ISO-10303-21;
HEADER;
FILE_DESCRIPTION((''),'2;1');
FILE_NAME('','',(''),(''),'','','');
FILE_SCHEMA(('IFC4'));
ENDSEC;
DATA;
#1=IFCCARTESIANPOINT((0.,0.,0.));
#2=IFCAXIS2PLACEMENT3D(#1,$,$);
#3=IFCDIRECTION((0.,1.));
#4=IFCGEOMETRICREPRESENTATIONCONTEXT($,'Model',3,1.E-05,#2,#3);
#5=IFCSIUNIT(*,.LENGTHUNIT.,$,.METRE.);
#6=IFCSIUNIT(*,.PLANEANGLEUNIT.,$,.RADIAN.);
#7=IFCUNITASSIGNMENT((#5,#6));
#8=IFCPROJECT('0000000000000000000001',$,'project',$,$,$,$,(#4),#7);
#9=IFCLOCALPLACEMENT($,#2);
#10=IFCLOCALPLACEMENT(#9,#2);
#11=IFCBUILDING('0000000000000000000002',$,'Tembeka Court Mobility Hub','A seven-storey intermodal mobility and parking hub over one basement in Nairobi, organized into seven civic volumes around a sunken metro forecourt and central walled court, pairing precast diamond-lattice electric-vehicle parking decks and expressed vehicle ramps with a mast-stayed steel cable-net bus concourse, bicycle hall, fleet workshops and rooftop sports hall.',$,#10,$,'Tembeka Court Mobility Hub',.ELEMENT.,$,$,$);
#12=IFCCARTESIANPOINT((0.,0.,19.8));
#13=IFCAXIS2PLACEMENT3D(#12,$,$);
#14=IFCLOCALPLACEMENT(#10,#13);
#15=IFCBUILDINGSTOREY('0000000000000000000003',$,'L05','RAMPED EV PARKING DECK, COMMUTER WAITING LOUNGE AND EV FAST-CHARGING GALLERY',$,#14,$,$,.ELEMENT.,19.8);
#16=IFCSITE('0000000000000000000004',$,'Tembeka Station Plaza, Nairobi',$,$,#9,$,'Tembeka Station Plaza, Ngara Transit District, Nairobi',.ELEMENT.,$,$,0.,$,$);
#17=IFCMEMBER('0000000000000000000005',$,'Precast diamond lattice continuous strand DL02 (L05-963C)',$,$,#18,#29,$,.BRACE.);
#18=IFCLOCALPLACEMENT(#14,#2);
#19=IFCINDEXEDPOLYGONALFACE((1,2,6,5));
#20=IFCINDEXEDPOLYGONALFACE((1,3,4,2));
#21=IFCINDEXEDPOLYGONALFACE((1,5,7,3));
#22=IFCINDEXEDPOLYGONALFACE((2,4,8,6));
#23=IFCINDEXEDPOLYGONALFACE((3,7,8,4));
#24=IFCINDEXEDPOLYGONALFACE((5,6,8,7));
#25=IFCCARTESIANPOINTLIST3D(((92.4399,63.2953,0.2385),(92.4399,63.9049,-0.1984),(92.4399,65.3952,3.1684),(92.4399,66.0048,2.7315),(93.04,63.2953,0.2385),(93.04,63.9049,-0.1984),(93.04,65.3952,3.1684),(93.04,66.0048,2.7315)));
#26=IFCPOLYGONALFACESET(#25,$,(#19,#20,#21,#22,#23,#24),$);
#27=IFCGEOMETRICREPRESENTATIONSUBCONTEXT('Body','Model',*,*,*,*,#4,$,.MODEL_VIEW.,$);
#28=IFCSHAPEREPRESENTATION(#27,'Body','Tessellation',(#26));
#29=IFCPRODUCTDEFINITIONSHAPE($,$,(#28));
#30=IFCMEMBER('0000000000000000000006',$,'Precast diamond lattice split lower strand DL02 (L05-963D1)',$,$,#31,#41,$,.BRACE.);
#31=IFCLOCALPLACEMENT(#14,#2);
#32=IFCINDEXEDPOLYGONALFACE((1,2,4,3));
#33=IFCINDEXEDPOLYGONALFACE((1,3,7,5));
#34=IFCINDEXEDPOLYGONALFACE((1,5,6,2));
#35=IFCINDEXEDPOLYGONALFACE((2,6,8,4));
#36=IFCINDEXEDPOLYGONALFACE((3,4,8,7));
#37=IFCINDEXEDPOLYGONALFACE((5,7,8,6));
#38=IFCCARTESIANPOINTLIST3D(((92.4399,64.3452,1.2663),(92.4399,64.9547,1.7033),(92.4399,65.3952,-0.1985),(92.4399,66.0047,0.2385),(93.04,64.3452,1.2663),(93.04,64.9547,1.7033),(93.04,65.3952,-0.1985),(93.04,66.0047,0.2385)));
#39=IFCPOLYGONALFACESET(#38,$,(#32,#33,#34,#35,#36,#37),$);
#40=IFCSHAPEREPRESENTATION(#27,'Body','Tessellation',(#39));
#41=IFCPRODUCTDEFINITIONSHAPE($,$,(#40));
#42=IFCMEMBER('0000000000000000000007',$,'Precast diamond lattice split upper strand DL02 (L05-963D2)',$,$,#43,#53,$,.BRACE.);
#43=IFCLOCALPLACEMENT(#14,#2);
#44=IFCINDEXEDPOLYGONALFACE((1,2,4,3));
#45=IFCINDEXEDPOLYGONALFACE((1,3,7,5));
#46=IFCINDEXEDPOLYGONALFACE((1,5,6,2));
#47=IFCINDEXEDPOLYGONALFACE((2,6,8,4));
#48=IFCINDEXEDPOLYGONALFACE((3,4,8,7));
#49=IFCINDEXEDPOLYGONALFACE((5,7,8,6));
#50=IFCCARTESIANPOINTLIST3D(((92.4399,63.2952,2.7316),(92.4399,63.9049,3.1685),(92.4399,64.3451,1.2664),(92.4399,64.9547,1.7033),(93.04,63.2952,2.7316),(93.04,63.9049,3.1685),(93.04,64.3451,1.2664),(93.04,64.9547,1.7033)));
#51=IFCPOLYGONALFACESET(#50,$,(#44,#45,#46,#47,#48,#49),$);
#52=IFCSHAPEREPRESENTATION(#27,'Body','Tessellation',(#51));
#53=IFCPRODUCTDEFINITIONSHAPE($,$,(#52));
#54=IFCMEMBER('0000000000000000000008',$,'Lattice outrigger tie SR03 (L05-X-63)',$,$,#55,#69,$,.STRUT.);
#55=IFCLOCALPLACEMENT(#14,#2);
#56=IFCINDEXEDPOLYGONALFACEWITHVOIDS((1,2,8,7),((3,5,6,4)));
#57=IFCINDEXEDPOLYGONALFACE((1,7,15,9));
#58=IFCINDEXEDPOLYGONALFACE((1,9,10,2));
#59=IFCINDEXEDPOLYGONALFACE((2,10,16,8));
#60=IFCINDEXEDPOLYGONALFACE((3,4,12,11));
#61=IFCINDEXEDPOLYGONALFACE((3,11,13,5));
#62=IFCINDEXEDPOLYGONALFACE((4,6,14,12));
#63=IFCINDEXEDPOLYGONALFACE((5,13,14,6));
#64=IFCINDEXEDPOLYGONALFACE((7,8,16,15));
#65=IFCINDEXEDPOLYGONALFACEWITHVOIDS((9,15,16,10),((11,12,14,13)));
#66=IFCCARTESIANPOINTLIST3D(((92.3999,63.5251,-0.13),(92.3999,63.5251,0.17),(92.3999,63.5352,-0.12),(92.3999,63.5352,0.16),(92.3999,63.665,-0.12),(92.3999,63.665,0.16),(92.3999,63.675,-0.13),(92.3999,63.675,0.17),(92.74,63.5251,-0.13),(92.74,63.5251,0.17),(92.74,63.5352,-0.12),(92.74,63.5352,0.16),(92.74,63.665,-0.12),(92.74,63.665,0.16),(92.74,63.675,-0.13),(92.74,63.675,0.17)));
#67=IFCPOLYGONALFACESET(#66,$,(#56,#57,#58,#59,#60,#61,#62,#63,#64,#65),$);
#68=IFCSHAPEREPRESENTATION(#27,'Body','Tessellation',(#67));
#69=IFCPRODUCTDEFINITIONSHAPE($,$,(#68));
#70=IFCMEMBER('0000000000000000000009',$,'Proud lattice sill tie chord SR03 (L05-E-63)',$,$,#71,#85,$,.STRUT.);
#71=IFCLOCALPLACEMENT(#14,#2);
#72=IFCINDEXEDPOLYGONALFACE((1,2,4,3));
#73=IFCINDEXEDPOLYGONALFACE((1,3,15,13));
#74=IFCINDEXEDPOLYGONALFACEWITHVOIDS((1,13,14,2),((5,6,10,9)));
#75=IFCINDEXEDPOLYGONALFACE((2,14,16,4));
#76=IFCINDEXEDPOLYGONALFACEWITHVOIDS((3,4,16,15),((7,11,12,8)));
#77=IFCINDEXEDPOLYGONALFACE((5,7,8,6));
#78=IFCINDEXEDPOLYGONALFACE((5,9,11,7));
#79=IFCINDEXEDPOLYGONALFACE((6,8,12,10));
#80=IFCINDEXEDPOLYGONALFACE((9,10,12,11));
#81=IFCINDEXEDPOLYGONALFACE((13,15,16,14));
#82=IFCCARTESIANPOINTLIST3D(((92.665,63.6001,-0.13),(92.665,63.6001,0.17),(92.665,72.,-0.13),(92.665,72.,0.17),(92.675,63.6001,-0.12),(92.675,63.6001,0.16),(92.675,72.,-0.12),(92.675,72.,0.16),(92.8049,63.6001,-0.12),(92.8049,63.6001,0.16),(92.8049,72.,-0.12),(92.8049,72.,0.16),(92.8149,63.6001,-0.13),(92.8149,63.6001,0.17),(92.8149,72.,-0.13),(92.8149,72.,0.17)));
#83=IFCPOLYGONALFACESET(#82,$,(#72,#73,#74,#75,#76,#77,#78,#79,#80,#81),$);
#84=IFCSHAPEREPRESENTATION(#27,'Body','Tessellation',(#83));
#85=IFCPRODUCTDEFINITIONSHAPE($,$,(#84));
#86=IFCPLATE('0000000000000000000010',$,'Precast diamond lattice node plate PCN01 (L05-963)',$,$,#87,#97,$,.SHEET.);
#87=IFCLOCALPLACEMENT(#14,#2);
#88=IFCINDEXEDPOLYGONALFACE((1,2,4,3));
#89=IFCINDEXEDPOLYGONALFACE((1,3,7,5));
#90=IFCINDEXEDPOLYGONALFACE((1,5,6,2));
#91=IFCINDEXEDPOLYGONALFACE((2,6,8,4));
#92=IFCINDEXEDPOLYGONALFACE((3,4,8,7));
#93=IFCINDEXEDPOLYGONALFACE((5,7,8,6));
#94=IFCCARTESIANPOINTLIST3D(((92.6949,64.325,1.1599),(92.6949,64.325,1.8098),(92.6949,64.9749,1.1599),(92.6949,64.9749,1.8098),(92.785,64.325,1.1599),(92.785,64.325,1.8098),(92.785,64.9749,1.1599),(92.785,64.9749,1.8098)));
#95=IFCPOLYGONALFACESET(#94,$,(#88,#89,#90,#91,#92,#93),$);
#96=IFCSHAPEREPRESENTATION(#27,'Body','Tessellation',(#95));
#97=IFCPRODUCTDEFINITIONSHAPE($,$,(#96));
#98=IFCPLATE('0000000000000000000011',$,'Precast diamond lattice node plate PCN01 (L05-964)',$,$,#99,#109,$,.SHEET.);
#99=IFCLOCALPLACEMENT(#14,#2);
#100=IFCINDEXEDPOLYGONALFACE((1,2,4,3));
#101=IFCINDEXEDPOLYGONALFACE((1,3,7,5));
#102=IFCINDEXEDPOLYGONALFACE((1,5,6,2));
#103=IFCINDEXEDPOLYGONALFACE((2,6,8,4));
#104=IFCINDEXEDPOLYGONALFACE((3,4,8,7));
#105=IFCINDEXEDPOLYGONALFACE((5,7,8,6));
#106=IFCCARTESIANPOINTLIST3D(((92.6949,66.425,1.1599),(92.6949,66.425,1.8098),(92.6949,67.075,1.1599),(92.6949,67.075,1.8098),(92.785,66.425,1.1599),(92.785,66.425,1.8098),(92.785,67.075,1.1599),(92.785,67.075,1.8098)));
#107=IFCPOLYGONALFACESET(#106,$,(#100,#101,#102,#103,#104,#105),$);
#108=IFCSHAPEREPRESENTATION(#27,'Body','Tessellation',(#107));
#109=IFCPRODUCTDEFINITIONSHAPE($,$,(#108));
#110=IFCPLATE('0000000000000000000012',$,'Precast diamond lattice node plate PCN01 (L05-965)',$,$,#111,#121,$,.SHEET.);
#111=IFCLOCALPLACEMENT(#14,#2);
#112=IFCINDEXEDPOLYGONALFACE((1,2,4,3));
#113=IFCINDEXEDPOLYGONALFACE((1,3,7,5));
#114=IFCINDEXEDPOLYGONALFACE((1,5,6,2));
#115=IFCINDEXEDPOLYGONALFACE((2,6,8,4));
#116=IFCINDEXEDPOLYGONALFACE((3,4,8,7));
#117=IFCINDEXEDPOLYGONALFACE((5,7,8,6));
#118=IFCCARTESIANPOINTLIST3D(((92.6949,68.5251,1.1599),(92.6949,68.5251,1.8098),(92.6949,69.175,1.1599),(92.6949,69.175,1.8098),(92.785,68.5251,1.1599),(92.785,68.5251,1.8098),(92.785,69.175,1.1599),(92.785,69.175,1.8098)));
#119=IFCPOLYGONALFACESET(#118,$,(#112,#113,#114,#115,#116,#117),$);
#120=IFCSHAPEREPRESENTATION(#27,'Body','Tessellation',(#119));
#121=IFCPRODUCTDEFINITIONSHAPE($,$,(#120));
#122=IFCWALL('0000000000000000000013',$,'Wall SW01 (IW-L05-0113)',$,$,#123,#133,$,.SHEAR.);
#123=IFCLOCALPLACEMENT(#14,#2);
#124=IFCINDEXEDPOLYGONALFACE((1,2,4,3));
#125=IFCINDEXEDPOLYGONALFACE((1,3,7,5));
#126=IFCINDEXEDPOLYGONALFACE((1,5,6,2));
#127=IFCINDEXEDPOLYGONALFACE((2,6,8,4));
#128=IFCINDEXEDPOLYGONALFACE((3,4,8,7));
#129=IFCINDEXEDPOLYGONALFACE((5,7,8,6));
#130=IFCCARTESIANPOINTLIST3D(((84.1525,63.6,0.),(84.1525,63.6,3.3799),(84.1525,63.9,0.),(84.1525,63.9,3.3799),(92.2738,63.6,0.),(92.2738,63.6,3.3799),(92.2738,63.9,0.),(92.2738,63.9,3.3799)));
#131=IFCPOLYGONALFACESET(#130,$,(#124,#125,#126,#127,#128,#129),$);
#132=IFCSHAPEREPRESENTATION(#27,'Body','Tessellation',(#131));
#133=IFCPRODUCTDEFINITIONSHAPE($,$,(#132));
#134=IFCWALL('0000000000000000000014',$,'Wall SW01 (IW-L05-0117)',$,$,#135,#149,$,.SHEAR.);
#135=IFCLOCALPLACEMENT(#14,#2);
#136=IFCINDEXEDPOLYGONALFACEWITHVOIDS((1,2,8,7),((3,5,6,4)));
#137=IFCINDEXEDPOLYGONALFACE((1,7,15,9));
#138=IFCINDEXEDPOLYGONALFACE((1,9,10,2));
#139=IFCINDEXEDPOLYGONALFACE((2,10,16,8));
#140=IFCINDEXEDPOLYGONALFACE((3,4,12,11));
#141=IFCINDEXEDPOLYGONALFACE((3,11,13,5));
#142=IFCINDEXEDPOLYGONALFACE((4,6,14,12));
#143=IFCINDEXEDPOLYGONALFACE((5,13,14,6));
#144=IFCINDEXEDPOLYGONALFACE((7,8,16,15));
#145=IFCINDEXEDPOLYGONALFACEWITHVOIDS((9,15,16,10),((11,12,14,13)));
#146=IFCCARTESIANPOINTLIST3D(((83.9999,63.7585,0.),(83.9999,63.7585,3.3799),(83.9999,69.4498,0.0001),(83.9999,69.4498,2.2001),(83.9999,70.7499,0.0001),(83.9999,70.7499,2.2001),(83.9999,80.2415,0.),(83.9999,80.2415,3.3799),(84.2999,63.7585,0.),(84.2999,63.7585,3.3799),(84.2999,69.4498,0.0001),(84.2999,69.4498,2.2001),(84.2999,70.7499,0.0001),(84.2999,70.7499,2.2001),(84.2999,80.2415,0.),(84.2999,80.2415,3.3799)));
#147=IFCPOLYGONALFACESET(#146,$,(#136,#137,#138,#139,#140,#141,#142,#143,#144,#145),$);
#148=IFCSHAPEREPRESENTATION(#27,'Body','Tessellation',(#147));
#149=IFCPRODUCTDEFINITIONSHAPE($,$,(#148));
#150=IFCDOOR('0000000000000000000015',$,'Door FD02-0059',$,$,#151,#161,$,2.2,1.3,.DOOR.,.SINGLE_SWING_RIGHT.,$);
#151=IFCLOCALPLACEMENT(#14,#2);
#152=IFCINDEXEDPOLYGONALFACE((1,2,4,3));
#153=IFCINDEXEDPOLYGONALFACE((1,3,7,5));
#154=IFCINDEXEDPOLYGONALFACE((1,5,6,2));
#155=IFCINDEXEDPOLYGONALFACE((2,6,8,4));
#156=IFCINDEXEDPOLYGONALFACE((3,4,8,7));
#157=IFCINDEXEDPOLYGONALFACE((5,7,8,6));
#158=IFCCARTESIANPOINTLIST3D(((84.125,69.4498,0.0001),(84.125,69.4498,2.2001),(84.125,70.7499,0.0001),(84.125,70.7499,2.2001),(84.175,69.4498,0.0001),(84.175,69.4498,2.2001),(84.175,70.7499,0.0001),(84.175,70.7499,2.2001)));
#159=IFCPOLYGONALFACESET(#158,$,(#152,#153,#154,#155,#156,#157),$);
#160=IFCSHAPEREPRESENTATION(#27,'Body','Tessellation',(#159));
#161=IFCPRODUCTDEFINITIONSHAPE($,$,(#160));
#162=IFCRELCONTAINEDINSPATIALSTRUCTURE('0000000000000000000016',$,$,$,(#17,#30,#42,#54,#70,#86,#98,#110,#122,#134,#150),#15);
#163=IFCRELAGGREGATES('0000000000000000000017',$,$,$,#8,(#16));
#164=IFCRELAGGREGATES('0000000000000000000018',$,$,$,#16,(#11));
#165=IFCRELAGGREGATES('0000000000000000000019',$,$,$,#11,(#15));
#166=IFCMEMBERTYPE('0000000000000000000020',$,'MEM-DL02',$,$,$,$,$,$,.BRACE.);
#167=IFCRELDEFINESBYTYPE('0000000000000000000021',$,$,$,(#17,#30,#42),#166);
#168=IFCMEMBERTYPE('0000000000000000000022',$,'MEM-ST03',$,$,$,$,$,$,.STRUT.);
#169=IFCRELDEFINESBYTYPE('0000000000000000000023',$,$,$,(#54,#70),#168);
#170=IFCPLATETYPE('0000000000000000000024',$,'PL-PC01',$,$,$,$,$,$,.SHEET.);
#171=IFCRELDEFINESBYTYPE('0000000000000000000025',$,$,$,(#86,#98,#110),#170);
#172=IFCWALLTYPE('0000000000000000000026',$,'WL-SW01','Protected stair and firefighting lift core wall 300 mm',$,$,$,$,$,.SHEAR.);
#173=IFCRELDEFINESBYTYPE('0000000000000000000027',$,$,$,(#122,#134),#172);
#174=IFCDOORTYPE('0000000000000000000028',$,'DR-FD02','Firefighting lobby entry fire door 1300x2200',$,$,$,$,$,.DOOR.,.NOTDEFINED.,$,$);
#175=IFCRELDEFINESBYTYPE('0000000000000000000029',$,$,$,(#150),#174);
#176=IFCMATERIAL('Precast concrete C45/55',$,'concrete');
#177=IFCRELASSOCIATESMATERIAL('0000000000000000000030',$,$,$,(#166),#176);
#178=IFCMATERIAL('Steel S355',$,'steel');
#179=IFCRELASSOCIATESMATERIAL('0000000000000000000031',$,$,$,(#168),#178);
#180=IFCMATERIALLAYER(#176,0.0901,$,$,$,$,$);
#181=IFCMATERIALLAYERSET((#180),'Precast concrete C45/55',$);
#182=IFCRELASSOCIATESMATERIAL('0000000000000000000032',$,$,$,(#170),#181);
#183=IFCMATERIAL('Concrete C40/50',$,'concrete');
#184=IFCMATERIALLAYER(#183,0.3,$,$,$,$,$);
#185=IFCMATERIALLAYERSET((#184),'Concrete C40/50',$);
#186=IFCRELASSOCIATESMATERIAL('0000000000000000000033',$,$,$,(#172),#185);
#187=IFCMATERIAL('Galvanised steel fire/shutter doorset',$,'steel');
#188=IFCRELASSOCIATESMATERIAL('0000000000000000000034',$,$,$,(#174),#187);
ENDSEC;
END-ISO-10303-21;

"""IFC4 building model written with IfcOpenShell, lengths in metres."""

from ifc_helpers import new_model, si_unit, direction, frame, frame_2d, origin, origin_2d, place, context, subcontext, project, spatial, rectangle, hollow_rectangle, extrude, material, layer, layer_set, material_profile, profile_set, type_object, element, fill, save


model = new_model("IFC4")

# Units and contexts
model_context = context("Model", 3, precision=1e-05, world=origin(), true_north=direction((0.0, 1.0)))
body_context = subcontext(model_context, "Body", "Model", "MODEL_VIEW")
ifc_project = project(units=[si_unit("LENGTHUNIT", "METRE"), si_unit("PLANEANGLEUNIT", "RADIAN")], contexts=[model_context])

# Site, building, storey
site_placement = place(None, origin())
site = spatial("IfcSite", under=ifc_project, at=site_placement, Name="Tembeka Station Plaza, Nairobi", LongName="Tembeka Station Plaza, Ngara Transit District, Nairobi", CompositionType="ELEMENT", RefElevation=0.0)
building_placement = place(site_placement, origin())
building = spatial("IfcBuilding", under=site, at=building_placement, Name="Tembeka Court Mobility Hub", Description="A seven-storey intermodal mobility and parking hub over one basement in Nairobi, organized into seven civic volumes around a sunken metro forecourt and central walled court, pairing precast diamond-lattice electric-vehicle parking decks and expressed vehicle ramps with a mast-stayed steel cable-net bus concourse, bicycle hall, fleet workshops and rooftop sports hall.", LongName="Tembeka Court Mobility Hub", CompositionType="ELEMENT")
storey_placement = place(building_placement, frame((0.0, 0.0, 19.8)))
storey = spatial("IfcBuildingStorey", under=building, at=storey_placement, Name="L05", Description="RAMPED EV PARKING DECK, COMMUTER WAITING LOUNGE AND EV FAST-CHARGING GALLERY", CompositionType="ELEMENT", Elevation=19.8)

# Shared definitions
ifc_material_1 = material(Name="Steel S355", Category="steel")

# Shared definitions
ifc_material_2 = material(Name="Precast concrete C45/55", Category="concrete")

# Members
ifc_material_profile_1 = material_profile(ifc_material_2, rectangle(XDim=0.6001, YDim=0.75, at=origin_2d()), Name="PC-DIAG 600x750")
ifc_profile_set_1 = profile_set([ifc_material_profile_1], Name="Precast concrete C45/55")
member_type_1 = type_object("IfcMemberType", Name="MEM-DL02", PredefinedType="BRACE", material=ifc_profile_set_1)
member_1_placement = place(storey_placement, frame((92.74, 63.6001, 0.02), z_axis=(0.0, 0.582532, 0.812808), x_axis=(-1.0, 0.0, 0.0)))
element("IfcMember", 1, at=member_1_placement, inside=storey, type_object=member_type_1, Name="Precast diamond lattice continuous strand DL02 (L05-963C)", PredefinedType="BRACE", context=body_context, shape_type="SweptSolid", body=[
    extrude(rectangle(XDim=0.6001, YDim=0.75, at=origin_2d()), origin(), (0.0, 0.0, 1.0), 3.6047),
])
member_2_placement = place(storey_placement, frame((92.74, 65.7, 0.02), z_axis=(0.0, -0.582608, 0.812753), x_axis=(1.0, 0.0, 0.0)))
element("IfcMember", 2, at=member_2_placement, inside=storey, type_object=member_type_1, Name="Precast diamond lattice split lower strand DL02 (L05-963D1)", PredefinedType="BRACE", context=body_context, shape_type="SweptSolid", body=[
    extrude(rectangle(XDim=0.6001, YDim=0.75, at=origin_2d()), origin(), (0.0, 0.0, 1.0), 1.8022),
])
member_3_placement = place(storey_placement, frame((92.74, 64.6499, 1.4849), z_axis=(0.0, -0.582455, 0.812863), x_axis=(1.0, 0.0, 0.0)))
element("IfcMember", 3, at=member_3_placement, inside=storey, type_object=member_type_1, Name="Precast diamond lattice split upper strand DL02 (L05-963D2)", PredefinedType="BRACE", context=body_context, shape_type="SweptSolid", body=[
    extrude(rectangle(XDim=0.6001, YDim=0.75, at=origin_2d()), origin(), (0.0, 0.0, 1.0), 1.8025),
])
ifc_material_profile_2 = material_profile(ifc_material_1, hollow_rectangle(XDim=0.1499, YDim=0.3, WallThickness=0.01, at=origin_2d()), Name="RHS 300x150x10")
ifc_profile_set_2 = profile_set([ifc_material_profile_2], Name="Steel S355")
member_type_2 = type_object("IfcMemberType", Name="MEM-ST03", PredefinedType="STRUT", material=ifc_profile_set_2)
member_4_placement = place(storey_placement, frame((92.3999, 63.6001, 0.02), z_axis=(1.0, 0.0, 0.0), x_axis=(0.0, 1.0, 0.0)))
element("IfcMember", 4, at=member_4_placement, inside=storey, type_object=member_type_2, Name="Lattice outrigger tie SR03 (L05-X-63)", PredefinedType="STRUT", context=body_context, shape_type="SweptSolid", body=[
    extrude(hollow_rectangle(XDim=0.1499, YDim=0.3, WallThickness=0.01, at=origin_2d()), origin(), (0.0, 0.0, 1.0), 0.3401),
])
member_5_placement = place(storey_placement, frame((92.74, 63.6001, 0.02), z_axis=(0.0, 1.0, 0.0), x_axis=(-1.0, 0.0, 0.0)))
element("IfcMember", 5, at=member_5_placement, inside=storey, type_object=member_type_2, Name="Proud lattice sill tie chord SR03 (L05-E-63)", PredefinedType="STRUT", context=body_context, shape_type="SweptSolid", body=[
    extrude(hollow_rectangle(XDim=0.1499, YDim=0.3, WallThickness=0.01, at=origin_2d()), origin(), (0.0, 0.0, 1.0), 8.3999),
])

# Plates
ifc_layer_1 = layer(ifc_material_2, 0.0901)
ifc_layer_set_1 = layer_set([ifc_layer_1], Name="Precast concrete C45/55")
plate_type = type_object("IfcPlateType", Name="PL-PC01", PredefinedType="SHEET", material=ifc_layer_set_1)
for number, where, z_axis, x_axis, name in (
    (6, (92.74, 64.6499, 1.1599), (0.0, 0.0, 1.0), (1.0, 0.0, 0.0), "Precast diamond lattice node plate PCN01 (L05-963)"),
    (7, (92.74, 66.75, 1.1599), (0.0, 0.0, 1.0), (1.0, 0.0, 0.0), "Precast diamond lattice node plate PCN01 (L05-964)"),
    (8, (92.74, 68.8501, 1.1599), (0.0, 0.0, 1.0), (1.0, 0.0, 0.0), "Precast diamond lattice node plate PCN01 (L05-965)"),
):
    element("IfcPlate", number, at=place(storey_placement, frame(where, z_axis=z_axis, x_axis=x_axis)), inside=storey, type_object=plate_type, Name=name, PredefinedType="SHEET", context=body_context, shape_type="SweptSolid", body=[
        extrude(rectangle(XDim=0.0901, YDim=0.6499, at=origin_2d()), origin(), (0.0, 0.0, 1.0), 0.6499),
    ])

# Wall
ifc_material_3 = material(Name="Concrete C40/50", Category="concrete")
ifc_layer_2 = layer(ifc_material_3, 0.3)
ifc_layer_set_2 = layer_set([ifc_layer_2], Name="Concrete C40/50")
wall_type_1 = type_object("IfcWallType", Name="WL-SW01", Description="Protected stair and firefighting lift core wall 300 mm", PredefinedType="SHEAR", material=ifc_layer_set_2)
wall_1_placement = place(storey_placement, frame((84.1526, 63.75, 0.0), z_axis=(0.0, 0.0, 1.0), x_axis=(1.0, 0.0, 0.0)))
element("IfcWall", 9, at=wall_1_placement, inside=storey, type_object=wall_type_1, Name="Wall SW01 (IW-L05-0113)", PredefinedType="SHEAR", context=body_context, shape_type="SweptSolid", body=[
    extrude(rectangle(XDim=8.1213, YDim=0.3, at=frame_2d((4.0605, 0.0))), origin(), (0.0, 0.0, 1.0), 3.3799),
])

# Wall, opening, door
wall_2_placement = place(storey_placement, frame((84.1499, 63.7585, 0.0), z_axis=(0.0, 0.0, 1.0), x_axis=(0.0, 1.0, 0.0)))
wall_2 = element("IfcWall", 10, at=wall_2_placement, inside=storey, type_object=wall_type_1, Name="Wall SW01 (IW-L05-0117)", PredefinedType="SHEAR", context=body_context, shape_type="SweptSolid", body=[
    extrude(rectangle(XDim=16.4829, YDim=0.3, at=frame_2d((8.2415, 0.0))), origin(), (0.0, 0.0, 1.0), 3.3799),
])
opening_1_placement = place(wall_2_placement, frame((5.6914, 0.0, 0.0)))
opening_1 = element("IfcOpeningElement", 11, at=opening_1_placement, cuts=wall_2, PredefinedType="OPENING", context=body_context, shape_type="SweptSolid", body=[
    extrude(rectangle(XDim=1.3, YDim=2.2, at=frame_2d((0.6499, 1.1001))), frame((0.0, 0.1602, 0.0), z_axis=(0.0, -1.0, 0.0), x_axis=(1.0, 0.0, 0.0)), (0.0, 0.0, 1.0), 0.3201),
])
ifc_material_4 = material(Name="Galvanised steel fire/shutter doorset", Category="steel")
door_type_1 = type_object("IfcDoorType", Name="DR-FD02", Description="Firefighting lobby entry fire door 1300x2200", OperationType="NOTDEFINED", PredefinedType="DOOR", material=ifc_material_4)
door_1_placement = place(opening_1_placement, origin())
door_1 = element("IfcDoor", 12, at=door_1_placement, inside=storey, type_object=door_type_1, Name="Door FD02-0059", OperationType="SINGLE_SWING_RIGHT", OverallHeight=2.2, OverallWidth=1.3, PredefinedType="DOOR", context=body_context, shape_type="SweptSolid", body=[
    extrude(rectangle(XDim=1.3, YDim=2.2, at=frame_2d((0.6499, 1.1001))), frame((0.0, 0.0249, 0.0), z_axis=(0.0, -1.0, 0.0), x_axis=(1.0, 0.0, 0.0)), (0.0, 0.0, 1.0), 0.05),
])
fill(opening_1, door_1)

save(model, "model.ifc")
